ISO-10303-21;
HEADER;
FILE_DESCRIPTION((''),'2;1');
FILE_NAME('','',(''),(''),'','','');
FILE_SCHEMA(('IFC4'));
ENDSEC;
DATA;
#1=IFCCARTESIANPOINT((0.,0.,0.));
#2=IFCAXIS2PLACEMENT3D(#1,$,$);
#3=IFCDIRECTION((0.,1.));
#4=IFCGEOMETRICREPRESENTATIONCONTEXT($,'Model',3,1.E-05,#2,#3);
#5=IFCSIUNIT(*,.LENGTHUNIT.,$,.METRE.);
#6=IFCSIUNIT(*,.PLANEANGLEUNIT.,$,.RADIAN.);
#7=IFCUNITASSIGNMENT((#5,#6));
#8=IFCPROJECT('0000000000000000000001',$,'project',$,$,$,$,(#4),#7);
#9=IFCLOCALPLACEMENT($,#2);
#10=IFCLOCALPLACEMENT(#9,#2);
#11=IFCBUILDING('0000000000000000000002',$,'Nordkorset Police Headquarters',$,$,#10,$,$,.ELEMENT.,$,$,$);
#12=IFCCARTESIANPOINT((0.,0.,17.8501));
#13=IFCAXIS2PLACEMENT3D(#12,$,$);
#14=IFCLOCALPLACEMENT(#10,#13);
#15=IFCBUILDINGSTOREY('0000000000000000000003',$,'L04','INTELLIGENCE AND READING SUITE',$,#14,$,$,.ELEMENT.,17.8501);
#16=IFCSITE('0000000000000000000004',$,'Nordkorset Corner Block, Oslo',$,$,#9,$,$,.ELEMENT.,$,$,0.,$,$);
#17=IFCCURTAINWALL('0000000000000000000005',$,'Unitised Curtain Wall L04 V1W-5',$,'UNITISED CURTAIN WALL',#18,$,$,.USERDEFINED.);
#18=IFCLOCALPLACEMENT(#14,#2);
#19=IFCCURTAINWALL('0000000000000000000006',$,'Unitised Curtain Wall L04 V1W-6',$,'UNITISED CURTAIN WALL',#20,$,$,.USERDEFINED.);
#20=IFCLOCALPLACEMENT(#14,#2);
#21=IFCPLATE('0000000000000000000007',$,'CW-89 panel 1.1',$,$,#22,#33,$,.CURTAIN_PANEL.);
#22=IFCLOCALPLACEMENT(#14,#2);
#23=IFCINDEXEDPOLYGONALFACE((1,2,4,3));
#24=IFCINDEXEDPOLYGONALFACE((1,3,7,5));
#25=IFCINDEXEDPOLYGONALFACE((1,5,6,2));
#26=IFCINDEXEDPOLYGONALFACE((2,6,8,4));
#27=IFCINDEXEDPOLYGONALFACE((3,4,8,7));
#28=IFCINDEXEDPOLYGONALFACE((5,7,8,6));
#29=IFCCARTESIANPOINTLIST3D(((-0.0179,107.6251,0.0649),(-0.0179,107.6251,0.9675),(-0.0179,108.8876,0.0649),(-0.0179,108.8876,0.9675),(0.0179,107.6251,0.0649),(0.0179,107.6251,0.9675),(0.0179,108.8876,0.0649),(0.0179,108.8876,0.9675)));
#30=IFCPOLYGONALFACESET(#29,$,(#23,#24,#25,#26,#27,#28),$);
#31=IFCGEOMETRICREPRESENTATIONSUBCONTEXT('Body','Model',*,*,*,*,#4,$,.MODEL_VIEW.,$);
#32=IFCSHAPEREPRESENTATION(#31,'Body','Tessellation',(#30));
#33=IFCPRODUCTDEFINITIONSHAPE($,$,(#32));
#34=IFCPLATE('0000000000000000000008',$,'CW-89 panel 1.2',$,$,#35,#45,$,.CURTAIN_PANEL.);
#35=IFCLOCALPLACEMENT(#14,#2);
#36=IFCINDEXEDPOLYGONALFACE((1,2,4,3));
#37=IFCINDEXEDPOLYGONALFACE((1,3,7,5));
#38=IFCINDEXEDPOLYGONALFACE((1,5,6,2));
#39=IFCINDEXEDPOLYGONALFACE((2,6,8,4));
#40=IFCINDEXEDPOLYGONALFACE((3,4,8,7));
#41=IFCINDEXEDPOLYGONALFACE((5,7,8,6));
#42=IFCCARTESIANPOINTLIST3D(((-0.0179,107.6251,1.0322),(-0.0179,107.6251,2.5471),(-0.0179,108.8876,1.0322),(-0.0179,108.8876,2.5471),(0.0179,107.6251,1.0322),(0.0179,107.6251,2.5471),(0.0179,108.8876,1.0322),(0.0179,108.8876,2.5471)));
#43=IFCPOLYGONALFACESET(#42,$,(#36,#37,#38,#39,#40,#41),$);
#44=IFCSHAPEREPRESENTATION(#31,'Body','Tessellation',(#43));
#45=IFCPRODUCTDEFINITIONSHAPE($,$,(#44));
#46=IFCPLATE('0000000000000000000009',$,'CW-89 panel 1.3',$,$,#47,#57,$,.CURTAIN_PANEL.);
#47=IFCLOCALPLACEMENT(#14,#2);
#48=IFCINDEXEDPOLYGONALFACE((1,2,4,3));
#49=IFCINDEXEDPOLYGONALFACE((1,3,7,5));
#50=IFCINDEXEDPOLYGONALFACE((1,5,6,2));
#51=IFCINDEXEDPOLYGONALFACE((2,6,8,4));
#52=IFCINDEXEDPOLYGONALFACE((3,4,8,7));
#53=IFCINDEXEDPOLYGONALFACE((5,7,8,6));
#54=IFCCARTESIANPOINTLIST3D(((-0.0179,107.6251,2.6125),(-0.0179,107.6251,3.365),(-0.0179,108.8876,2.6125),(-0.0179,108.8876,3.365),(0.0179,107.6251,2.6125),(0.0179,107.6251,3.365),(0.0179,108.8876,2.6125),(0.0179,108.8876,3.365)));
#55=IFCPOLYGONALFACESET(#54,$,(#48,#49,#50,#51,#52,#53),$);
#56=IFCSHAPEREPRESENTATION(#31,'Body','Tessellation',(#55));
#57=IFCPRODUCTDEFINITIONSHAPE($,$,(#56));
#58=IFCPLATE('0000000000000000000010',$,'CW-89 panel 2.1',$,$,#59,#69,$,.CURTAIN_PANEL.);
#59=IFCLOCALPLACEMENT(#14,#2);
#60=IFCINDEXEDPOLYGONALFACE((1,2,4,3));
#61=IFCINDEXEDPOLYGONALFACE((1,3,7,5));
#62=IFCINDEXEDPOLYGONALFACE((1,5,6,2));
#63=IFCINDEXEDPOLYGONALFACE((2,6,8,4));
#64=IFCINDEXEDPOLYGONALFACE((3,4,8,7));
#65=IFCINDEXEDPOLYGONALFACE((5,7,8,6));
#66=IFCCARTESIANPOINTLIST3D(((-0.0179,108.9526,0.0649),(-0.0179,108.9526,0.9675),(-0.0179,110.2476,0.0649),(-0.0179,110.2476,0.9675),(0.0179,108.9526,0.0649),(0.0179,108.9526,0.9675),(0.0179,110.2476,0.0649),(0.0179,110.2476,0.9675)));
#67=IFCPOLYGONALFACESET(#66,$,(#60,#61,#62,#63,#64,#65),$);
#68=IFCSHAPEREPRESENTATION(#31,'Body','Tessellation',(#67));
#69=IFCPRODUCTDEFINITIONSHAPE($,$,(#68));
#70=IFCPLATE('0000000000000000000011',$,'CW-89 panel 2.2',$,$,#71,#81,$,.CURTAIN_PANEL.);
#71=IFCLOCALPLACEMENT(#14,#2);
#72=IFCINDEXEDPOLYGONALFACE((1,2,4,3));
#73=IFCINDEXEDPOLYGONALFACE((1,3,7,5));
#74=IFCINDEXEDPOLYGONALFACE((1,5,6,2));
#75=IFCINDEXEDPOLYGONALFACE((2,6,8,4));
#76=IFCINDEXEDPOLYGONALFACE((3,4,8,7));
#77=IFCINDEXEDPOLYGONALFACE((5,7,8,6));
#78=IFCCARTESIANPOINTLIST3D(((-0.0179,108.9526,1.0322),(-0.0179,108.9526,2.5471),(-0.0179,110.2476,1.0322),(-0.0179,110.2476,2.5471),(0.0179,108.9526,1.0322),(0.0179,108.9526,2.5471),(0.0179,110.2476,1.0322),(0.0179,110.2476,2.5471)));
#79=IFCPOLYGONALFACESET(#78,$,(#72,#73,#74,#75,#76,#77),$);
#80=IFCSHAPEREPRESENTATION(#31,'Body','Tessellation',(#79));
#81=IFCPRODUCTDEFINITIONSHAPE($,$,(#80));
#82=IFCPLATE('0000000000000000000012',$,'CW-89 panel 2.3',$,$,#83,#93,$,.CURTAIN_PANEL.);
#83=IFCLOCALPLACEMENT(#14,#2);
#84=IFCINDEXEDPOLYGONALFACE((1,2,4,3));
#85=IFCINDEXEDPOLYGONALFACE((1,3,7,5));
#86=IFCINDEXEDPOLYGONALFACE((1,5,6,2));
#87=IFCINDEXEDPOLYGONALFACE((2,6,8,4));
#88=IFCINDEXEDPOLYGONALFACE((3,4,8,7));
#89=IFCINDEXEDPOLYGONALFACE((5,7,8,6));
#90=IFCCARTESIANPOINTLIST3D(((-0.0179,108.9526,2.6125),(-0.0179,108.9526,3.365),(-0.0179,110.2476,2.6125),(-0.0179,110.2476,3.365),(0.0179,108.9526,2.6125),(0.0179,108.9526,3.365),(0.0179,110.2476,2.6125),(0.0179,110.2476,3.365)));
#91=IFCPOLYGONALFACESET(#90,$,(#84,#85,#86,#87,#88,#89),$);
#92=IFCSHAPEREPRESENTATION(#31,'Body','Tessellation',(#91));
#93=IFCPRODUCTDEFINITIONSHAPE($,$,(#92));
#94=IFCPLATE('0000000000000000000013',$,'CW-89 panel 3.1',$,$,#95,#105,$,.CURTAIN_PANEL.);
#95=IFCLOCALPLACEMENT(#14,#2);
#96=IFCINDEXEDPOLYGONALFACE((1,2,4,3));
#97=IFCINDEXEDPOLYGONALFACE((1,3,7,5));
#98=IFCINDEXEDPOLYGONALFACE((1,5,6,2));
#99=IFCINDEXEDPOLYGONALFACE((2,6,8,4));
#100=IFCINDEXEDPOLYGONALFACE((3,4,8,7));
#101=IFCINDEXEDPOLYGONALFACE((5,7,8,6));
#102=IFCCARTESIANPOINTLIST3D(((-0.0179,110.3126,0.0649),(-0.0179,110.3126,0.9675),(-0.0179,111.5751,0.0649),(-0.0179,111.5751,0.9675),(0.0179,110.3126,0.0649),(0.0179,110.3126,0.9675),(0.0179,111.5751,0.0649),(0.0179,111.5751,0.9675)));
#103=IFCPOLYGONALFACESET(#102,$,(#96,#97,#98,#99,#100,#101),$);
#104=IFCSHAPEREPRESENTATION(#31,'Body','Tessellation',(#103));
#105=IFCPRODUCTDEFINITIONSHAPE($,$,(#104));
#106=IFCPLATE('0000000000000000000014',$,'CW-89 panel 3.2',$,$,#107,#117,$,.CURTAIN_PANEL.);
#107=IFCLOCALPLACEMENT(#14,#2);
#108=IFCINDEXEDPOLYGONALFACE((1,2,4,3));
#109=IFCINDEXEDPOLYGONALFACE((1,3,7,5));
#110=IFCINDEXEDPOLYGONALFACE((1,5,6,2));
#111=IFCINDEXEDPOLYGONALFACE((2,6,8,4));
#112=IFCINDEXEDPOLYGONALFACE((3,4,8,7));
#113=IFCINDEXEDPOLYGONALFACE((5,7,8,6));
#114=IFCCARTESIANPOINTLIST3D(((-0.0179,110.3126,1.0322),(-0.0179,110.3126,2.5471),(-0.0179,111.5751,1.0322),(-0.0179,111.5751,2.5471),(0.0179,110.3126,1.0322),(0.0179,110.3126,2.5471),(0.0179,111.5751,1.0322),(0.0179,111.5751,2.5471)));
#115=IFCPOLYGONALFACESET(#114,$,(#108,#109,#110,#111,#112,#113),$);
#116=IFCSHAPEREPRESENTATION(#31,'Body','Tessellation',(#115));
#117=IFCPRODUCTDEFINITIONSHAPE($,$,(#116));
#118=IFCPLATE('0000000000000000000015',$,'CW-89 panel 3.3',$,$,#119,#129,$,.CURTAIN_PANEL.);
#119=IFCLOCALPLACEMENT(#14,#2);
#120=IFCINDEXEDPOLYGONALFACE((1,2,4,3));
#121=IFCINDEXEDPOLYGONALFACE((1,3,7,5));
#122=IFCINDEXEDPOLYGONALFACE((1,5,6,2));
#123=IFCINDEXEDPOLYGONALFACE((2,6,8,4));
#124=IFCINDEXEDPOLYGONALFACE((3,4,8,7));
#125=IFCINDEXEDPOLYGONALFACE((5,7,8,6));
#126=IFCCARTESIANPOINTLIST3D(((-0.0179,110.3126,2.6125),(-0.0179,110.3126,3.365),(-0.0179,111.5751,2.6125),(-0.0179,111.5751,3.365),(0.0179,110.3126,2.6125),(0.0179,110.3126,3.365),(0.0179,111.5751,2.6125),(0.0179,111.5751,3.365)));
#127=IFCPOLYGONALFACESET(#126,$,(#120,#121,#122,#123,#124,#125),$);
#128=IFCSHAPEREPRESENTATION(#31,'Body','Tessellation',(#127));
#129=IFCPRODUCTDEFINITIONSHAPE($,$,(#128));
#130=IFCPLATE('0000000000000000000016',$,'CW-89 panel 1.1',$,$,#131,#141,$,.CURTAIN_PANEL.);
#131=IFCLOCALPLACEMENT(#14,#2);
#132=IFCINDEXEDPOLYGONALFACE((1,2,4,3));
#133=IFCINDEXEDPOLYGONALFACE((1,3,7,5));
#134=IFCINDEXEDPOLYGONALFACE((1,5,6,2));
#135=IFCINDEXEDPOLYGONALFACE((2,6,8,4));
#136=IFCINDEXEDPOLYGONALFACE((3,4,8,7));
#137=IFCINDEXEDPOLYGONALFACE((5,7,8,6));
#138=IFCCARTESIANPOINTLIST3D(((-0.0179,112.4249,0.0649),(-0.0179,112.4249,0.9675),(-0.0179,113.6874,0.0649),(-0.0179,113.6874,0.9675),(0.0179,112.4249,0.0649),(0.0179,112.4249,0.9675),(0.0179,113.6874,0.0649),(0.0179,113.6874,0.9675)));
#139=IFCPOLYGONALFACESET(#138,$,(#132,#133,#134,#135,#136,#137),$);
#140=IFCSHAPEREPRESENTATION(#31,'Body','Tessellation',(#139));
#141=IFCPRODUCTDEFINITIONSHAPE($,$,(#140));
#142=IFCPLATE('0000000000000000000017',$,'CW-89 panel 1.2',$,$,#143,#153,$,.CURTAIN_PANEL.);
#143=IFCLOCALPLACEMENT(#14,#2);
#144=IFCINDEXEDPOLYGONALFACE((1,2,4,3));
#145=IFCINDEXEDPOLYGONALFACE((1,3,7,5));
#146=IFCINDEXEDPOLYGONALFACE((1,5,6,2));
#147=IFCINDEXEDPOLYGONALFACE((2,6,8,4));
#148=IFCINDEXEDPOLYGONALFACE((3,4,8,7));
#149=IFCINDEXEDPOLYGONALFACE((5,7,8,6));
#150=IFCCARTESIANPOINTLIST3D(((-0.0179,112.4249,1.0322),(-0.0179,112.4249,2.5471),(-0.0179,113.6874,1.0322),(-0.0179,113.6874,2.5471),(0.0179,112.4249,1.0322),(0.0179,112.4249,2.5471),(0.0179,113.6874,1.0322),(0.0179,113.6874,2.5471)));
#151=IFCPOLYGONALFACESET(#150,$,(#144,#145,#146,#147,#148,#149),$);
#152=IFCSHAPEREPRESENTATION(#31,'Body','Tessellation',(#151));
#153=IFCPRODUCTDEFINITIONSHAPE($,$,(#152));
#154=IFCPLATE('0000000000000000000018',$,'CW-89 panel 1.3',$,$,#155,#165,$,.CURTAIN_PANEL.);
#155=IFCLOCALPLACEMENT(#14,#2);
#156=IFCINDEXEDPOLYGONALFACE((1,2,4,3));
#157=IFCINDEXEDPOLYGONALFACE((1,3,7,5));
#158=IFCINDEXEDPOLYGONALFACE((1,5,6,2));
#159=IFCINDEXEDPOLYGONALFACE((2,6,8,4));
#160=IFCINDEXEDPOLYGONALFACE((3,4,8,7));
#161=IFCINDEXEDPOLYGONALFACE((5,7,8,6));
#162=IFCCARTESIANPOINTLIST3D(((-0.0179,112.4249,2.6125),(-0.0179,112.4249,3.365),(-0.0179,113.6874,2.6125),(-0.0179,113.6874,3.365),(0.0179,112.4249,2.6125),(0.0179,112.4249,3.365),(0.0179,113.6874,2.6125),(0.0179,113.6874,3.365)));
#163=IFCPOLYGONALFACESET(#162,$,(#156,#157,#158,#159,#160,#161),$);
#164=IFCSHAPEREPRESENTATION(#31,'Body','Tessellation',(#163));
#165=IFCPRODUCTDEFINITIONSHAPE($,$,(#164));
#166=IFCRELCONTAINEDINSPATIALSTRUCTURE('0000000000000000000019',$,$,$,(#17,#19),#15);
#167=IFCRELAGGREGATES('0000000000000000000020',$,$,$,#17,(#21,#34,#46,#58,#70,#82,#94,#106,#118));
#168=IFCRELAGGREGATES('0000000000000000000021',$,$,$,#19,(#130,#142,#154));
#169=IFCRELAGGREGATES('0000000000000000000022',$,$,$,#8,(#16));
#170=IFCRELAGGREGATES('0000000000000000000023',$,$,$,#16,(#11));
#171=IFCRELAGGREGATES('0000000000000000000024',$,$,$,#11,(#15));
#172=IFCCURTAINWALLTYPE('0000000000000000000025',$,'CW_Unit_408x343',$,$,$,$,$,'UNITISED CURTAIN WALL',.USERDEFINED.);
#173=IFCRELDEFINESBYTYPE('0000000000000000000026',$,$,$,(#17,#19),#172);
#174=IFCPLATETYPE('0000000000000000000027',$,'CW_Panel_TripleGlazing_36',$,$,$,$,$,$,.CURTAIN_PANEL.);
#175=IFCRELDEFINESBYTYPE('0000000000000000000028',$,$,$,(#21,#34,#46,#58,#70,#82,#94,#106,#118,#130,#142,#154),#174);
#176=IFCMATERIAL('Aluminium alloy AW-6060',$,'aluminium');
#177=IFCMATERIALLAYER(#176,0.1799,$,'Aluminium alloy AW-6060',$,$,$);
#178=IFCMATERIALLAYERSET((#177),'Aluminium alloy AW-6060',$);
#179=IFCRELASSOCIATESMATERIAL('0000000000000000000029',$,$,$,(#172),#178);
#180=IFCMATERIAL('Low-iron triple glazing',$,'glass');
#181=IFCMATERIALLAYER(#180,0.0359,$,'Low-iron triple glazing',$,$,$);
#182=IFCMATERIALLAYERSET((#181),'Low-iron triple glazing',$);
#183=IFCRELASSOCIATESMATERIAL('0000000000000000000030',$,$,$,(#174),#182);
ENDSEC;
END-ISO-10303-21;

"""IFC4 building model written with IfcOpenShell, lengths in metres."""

from ifc_helpers import new_model, si_unit, direction, frame, origin, origin_2d, place, context, subcontext, project, spatial, rectangle, extrude, material, layer, layer_set, type_object, element, aggregate, save


model = new_model("IFC4")

# Units and contexts
model_context = context("Model", 3, precision=1e-05, world=origin(), true_north=direction((0.0, 1.0)))
body_context = subcontext(model_context, "Body", "Model", "MODEL_VIEW")
ifc_project = project(units=[si_unit("LENGTHUNIT", "METRE"), si_unit("PLANEANGLEUNIT", "RADIAN")], contexts=[model_context])

# Site, building, storey
site_placement = place(None, origin())
site = spatial("IfcSite", under=ifc_project, at=site_placement, Name="Nordkorset Corner Block, Oslo", CompositionType="ELEMENT", RefElevation=0.0)
building_placement = place(site_placement, origin())
building = spatial("IfcBuilding", under=site, at=building_placement, Name="Nordkorset Police Headquarters", CompositionType="ELEMENT")
storey_placement = place(building_placement, frame((0.0, 0.0, 17.8501)))
storey = spatial("IfcBuildingStorey", under=building, at=storey_placement, Name="L04", Description="INTELLIGENCE AND READING SUITE", CompositionType="ELEMENT", Elevation=17.8501)

# Curtain wall
ifc_material_1 = material(Name="Aluminium alloy AW-6060", Category="aluminium")
ifc_layer_1 = layer(ifc_material_1, 0.1799, Name="Aluminium alloy AW-6060")
ifc_layer_set_1 = layer_set([ifc_layer_1], Name="Aluminium alloy AW-6060")
curtain_wall_type = type_object("IfcCurtainWallType", Name="CW_Unit_408x343", ElementType="UNITISED CURTAIN WALL", PredefinedType="USERDEFINED", material=ifc_layer_set_1)
curtain_wall_1_placement = place(storey_placement, origin())
curtain_wall_1 = element("IfcCurtainWall", 1, at=curtain_wall_1_placement, inside=storey, type_object=curtain_wall_type, Name="Unitised Curtain Wall L04 V1W-5", ObjectType="UNITISED CURTAIN WALL", PredefinedType="USERDEFINED")

# Curtain wall
curtain_wall_2_placement = place(storey_placement, origin())
curtain_wall_2 = element("IfcCurtainWall", 2, at=curtain_wall_2_placement, inside=storey, type_object=curtain_wall_type, Name="Unitised Curtain Wall L04 V1W-6", ObjectType="UNITISED CURTAIN WALL", PredefinedType="USERDEFINED")

# Plates
ifc_material_2 = material(Name="Low-iron triple glazing", Category="glass")
ifc_layer_2 = layer(ifc_material_2, 0.0359, Name="Low-iron triple glazing")
ifc_layer_set_2 = layer_set([ifc_layer_2], Name="Low-iron triple glazing")
plate_type = type_object("IfcPlateType", Name="CW_Panel_TripleGlazing_36", PredefinedType="CURTAIN_PANEL", material=ifc_layer_set_2)
plate_1_placement = place(storey_placement, frame((0.0, 108.2563, 0.0649), z_axis=(0.0, 0.0, 1.0), x_axis=(0.0, 1.0, 0.0)))
plate_1 = element("IfcPlate", 3, at=plate_1_placement, type_object=plate_type, Name="CW-89 panel 1.1", PredefinedType="CURTAIN_PANEL", context=body_context, shape_type="SweptSolid", body=[
    extrude(rectangle(XDim=1.2625, YDim=0.0359, at=origin_2d()), origin(), (0.0, 0.0, 1.0), 0.9026),
])
plate_2_placement = place(storey_placement, frame((0.0, 108.2563, 1.0322), z_axis=(0.0, 0.0, 1.0), x_axis=(0.0, 1.0, 0.0)))
plate_2 = element("IfcPlate", 4, at=plate_2_placement, type_object=plate_type, Name="CW-89 panel 1.2", PredefinedType="CURTAIN_PANEL", context=body_context, shape_type="SweptSolid", body=[
    extrude(rectangle(XDim=1.2625, YDim=0.0359, at=origin_2d()), origin(), (0.0, 0.0, 1.0), 1.5149),
])
plate_3_placement = place(storey_placement, frame((0.0, 108.2563, 2.6125), z_axis=(0.0, 0.0, 1.0), x_axis=(0.0, 1.0, 0.0)))
plate_3 = element("IfcPlate", 5, at=plate_3_placement, type_object=plate_type, Name="CW-89 panel 1.3", PredefinedType="CURTAIN_PANEL", context=body_context, shape_type="SweptSolid", body=[
    extrude(rectangle(XDim=1.2625, YDim=0.0359, at=origin_2d()), origin(), (0.0, 0.0, 1.0), 0.7524),
])
plate_4_placement = place(storey_placement, frame((0.0, 109.6001, 0.0649), z_axis=(0.0, 0.0, 1.0), x_axis=(0.0, 1.0, 0.0)))
plate_4 = element("IfcPlate", 6, at=plate_4_placement, type_object=plate_type, Name="CW-89 panel 2.1", PredefinedType="CURTAIN_PANEL", context=body_context, shape_type="SweptSolid", body=[
    extrude(rectangle(XDim=1.2949, YDim=0.0359, at=origin_2d()), origin(), (0.0, 0.0, 1.0), 0.9026),
])
plate_5_placement = place(storey_placement, frame((0.0, 109.6001, 1.0322), z_axis=(0.0, 0.0, 1.0), x_axis=(0.0, 1.0, 0.0)))
plate_5 = element("IfcPlate", 7, at=plate_5_placement, type_object=plate_type, Name="CW-89 panel 2.2", PredefinedType="CURTAIN_PANEL", context=body_context, shape_type="SweptSolid", body=[
    extrude(rectangle(XDim=1.2949, YDim=0.0359, at=origin_2d()), origin(), (0.0, 0.0, 1.0), 1.5149),
])
plate_6_placement = place(storey_placement, frame((0.0, 109.6001, 2.6125), z_axis=(0.0, 0.0, 1.0), x_axis=(0.0, 1.0, 0.0)))
plate_6 = element("IfcPlate", 8, at=plate_6_placement, type_object=plate_type, Name="CW-89 panel 2.3", PredefinedType="CURTAIN_PANEL", context=body_context, shape_type="SweptSolid", body=[
    extrude(rectangle(XDim=1.2949, YDim=0.0359, at=origin_2d()), origin(), (0.0, 0.0, 1.0), 0.7524),
])
plate_7_placement = place(storey_placement, frame((0.0, 110.9438, 0.0649), z_axis=(0.0, 0.0, 1.0), x_axis=(0.0, 1.0, 0.0)))
plate_7 = element("IfcPlate", 9, at=plate_7_placement, type_object=plate_type, Name="CW-89 panel 3.1", PredefinedType="CURTAIN_PANEL", context=body_context, shape_type="SweptSolid", body=[
    extrude(rectangle(XDim=1.2625, YDim=0.0359, at=origin_2d()), origin(), (0.0, 0.0, 1.0), 0.9026),
])
plate_8_placement = place(storey_placement, frame((0.0, 110.9438, 1.0322), z_axis=(0.0, 0.0, 1.0), x_axis=(0.0, 1.0, 0.0)))
plate_8 = element("IfcPlate", 10, at=plate_8_placement, type_object=plate_type, Name="CW-89 panel 3.2", PredefinedType="CURTAIN_PANEL", context=body_context, shape_type="SweptSolid", body=[
    extrude(rectangle(XDim=1.2625, YDim=0.0359, at=origin_2d()), origin(), (0.0, 0.0, 1.0), 1.5149),
])
plate_9_placement = place(storey_placement, frame((0.0, 110.9438, 2.6125), z_axis=(0.0, 0.0, 1.0), x_axis=(0.0, 1.0, 0.0)))
plate_9 = element("IfcPlate", 11, at=plate_9_placement, type_object=plate_type, Name="CW-89 panel 3.3", PredefinedType="CURTAIN_PANEL", context=body_context, shape_type="SweptSolid", body=[
    extrude(rectangle(XDim=1.2625, YDim=0.0359, at=origin_2d()), origin(), (0.0, 0.0, 1.0), 0.7524),
])
aggregate(curtain_wall_1, [plate_1, plate_2, plate_3, plate_4, plate_5, plate_6, plate_7, plate_8, plate_9])
plate_10_placement = place(storey_placement, frame((0.0, 113.0562, 0.0649), z_axis=(0.0, 0.0, 1.0), x_axis=(0.0, 1.0, 0.0)))
plate_10 = element("IfcPlate", 12, at=plate_10_placement, type_object=plate_type, Name="CW-89 panel 1.1", PredefinedType="CURTAIN_PANEL", context=body_context, shape_type="SweptSolid", body=[
    extrude(rectangle(XDim=1.2625, YDim=0.0359, at=origin_2d()), origin(), (0.0, 0.0, 1.0), 0.9026),
])
plate_11_placement = place(storey_placement, frame((0.0, 113.0562, 1.0322), z_axis=(0.0, 0.0, 1.0), x_axis=(0.0, 1.0, 0.0)))
plate_11 = element("IfcPlate", 13, at=plate_11_placement, type_object=plate_type, Name="CW-89 panel 1.2", PredefinedType="CURTAIN_PANEL", context=body_context, shape_type="SweptSolid", body=[
    extrude(rectangle(XDim=1.2625, YDim=0.0359, at=origin_2d()), origin(), (0.0, 0.0, 1.0), 1.5149),
])
plate_12_placement = place(storey_placement, frame((0.0, 113.0562, 2.6125), z_axis=(0.0, 0.0, 1.0), x_axis=(0.0, 1.0, 0.0)))
plate_12 = element("IfcPlate", 14, at=plate_12_placement, type_object=plate_type, Name="CW-89 panel 1.3", PredefinedType="CURTAIN_PANEL", context=body_context, shape_type="SweptSolid", body=[
    extrude(rectangle(XDim=1.2625, YDim=0.0359, at=origin_2d()), origin(), (0.0, 0.0, 1.0), 0.7524),
])
aggregate(curtain_wall_2, [plate_10, plate_11, plate_12])

save(model, "model.ifc")
